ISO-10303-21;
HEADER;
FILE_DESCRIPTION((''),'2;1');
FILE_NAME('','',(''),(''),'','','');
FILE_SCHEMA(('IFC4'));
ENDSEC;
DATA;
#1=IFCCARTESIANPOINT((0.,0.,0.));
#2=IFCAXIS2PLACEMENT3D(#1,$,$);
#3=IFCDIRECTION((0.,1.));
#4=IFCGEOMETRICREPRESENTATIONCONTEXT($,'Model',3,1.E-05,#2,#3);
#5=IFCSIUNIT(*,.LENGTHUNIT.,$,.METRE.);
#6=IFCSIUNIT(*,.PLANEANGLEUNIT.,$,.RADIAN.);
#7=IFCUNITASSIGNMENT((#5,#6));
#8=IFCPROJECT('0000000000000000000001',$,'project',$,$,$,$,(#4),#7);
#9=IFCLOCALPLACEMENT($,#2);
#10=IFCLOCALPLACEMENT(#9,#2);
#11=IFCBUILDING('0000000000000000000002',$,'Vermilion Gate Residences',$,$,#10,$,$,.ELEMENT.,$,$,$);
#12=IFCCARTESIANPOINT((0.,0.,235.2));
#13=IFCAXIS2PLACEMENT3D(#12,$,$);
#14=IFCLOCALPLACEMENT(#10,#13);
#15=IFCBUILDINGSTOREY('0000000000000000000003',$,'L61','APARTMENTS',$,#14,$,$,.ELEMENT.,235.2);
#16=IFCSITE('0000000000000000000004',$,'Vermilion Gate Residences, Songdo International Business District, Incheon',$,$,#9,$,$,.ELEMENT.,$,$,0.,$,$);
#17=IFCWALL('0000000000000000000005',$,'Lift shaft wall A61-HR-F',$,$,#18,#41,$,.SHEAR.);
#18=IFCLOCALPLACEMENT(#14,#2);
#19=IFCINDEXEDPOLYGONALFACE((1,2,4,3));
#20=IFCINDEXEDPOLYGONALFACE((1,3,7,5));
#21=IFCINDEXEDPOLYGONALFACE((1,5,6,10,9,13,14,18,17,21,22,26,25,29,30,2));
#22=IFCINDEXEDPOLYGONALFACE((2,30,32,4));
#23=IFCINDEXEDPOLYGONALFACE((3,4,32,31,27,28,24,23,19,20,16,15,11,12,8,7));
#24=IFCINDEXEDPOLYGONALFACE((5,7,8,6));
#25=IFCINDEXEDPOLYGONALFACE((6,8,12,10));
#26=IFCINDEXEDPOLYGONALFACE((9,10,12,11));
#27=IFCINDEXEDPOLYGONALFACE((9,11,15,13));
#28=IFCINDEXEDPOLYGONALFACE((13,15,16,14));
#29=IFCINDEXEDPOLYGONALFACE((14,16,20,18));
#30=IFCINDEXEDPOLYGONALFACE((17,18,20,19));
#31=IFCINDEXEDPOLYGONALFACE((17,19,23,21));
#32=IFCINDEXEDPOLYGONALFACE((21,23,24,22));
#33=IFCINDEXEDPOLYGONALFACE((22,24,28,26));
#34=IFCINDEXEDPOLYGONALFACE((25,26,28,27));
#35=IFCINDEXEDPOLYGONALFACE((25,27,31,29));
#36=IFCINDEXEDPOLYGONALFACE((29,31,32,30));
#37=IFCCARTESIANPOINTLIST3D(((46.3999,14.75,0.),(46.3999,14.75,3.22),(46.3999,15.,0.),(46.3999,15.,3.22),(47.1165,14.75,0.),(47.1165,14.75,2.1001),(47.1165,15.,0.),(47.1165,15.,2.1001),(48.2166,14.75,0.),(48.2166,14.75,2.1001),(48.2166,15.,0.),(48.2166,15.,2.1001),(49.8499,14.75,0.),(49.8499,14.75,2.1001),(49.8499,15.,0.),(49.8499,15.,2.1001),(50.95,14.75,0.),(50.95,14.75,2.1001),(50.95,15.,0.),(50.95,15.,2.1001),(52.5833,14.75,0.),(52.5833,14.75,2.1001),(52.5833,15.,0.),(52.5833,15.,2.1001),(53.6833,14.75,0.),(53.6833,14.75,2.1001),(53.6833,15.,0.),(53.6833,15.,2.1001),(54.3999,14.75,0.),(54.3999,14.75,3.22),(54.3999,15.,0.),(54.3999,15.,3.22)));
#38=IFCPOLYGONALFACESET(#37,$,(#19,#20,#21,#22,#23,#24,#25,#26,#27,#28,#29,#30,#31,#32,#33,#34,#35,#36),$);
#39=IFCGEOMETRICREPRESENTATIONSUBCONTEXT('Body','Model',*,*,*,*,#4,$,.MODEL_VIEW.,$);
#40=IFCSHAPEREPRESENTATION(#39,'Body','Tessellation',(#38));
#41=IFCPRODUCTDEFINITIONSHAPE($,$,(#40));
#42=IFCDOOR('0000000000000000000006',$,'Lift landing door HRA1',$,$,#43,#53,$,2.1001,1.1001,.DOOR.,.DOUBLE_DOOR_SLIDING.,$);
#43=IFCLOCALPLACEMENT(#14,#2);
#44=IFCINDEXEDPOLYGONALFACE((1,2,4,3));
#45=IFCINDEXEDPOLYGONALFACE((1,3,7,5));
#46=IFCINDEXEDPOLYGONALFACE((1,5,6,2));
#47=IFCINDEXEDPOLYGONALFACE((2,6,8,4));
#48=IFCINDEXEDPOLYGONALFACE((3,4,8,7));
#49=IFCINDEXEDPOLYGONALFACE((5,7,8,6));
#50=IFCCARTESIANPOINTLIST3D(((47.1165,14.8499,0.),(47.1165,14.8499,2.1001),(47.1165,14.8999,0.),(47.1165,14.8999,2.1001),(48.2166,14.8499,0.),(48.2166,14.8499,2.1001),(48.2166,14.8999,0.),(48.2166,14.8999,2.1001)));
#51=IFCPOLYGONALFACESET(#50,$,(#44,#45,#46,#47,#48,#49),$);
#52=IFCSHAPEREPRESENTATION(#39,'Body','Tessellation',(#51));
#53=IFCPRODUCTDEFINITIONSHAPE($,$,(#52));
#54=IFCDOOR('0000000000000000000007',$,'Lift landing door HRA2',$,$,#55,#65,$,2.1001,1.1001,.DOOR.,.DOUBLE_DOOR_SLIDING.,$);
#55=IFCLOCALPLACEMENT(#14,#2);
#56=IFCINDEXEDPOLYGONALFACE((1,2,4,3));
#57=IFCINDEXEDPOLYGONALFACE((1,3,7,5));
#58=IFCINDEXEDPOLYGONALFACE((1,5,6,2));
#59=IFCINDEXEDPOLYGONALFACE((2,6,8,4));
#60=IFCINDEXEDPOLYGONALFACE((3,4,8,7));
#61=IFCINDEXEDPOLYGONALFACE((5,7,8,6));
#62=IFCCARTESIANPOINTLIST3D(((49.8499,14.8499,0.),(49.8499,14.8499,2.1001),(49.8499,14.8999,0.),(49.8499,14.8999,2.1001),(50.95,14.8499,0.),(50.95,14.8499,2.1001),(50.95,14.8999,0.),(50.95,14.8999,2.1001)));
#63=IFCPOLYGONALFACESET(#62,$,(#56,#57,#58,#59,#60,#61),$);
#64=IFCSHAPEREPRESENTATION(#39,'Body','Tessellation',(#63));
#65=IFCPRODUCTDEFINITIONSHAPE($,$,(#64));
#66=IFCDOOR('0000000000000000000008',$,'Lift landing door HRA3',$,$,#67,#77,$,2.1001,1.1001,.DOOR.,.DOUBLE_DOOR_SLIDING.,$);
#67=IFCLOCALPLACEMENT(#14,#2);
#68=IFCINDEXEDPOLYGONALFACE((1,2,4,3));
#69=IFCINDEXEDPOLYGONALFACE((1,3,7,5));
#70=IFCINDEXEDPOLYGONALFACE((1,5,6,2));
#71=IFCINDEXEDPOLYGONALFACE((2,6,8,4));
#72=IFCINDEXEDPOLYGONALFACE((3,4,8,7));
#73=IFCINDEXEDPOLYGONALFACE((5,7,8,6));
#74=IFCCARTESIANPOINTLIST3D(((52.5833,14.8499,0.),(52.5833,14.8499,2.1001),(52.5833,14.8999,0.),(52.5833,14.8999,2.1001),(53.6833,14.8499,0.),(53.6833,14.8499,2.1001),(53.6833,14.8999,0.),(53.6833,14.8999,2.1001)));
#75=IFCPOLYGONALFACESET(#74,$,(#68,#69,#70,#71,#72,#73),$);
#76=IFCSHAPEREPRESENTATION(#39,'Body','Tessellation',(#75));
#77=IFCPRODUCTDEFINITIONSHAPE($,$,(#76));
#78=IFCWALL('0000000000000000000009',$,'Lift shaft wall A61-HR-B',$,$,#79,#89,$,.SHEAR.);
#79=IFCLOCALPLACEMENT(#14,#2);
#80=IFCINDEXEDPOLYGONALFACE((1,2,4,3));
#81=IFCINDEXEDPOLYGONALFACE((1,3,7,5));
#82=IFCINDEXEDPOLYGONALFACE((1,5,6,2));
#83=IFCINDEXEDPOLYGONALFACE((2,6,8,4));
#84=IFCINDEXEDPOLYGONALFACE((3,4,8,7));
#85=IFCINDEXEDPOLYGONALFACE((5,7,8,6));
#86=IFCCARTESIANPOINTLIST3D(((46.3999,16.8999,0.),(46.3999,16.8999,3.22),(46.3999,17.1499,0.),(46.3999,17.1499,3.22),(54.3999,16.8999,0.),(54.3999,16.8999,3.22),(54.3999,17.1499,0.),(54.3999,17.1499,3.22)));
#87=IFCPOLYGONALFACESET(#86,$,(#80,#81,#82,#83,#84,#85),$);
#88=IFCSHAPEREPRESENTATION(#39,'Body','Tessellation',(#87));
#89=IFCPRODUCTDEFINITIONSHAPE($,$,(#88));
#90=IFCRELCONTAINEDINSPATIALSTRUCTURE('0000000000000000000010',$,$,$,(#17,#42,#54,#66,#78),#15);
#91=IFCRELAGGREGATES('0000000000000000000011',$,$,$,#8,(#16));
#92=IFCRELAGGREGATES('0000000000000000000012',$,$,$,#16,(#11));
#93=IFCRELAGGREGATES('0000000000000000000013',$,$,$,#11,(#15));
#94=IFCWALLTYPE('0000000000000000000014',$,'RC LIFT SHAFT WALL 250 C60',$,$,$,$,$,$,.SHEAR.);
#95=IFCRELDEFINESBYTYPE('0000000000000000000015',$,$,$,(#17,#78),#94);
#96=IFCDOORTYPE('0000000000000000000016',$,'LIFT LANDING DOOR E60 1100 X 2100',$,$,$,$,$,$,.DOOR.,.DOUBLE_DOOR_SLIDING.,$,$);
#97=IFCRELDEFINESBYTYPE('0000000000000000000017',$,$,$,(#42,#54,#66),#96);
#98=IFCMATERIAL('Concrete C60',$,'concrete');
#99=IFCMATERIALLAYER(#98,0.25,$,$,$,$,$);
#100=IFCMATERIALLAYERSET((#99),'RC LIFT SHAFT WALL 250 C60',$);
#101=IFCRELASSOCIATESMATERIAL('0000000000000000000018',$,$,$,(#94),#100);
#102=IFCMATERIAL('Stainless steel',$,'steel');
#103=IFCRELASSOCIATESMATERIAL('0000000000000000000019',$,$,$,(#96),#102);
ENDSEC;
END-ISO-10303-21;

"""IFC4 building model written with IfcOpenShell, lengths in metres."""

from ifc_helpers import new_model, si_unit, direction, frame, frame_2d, origin, place, context, subcontext, project, spatial, rectangle, extrude, material, layer, layer_set, type_object, element, fill, save


model = new_model("IFC4")

# Units and contexts
model_context = context("Model", 3, precision=1e-05, world=origin(), true_north=direction((0.0, 1.0)))
body_context = subcontext(model_context, "Body", "Model", "MODEL_VIEW")
ifc_project = project(units=[si_unit("LENGTHUNIT", "METRE"), si_unit("PLANEANGLEUNIT", "RADIAN")], contexts=[model_context])

# Site, building, storey
site_placement = place(None, origin())
site = spatial("IfcSite", under=ifc_project, at=site_placement, Name="Vermilion Gate Residences, Songdo International Business District, Incheon", CompositionType="ELEMENT", RefElevation=0.0)
building_placement = place(site_placement, origin())
building = spatial("IfcBuilding", under=site, at=building_placement, Name="Vermilion Gate Residences", CompositionType="ELEMENT")
storey_placement = place(building_placement, frame((0.0, 0.0, 235.2)))
storey = spatial("IfcBuildingStorey", under=building, at=storey_placement, Name="L61", Description="APARTMENTS", CompositionType="ELEMENT", Elevation=235.2)

# Wall, openings, doors
ifc_material_1 = material(Name="Concrete C60", Category="concrete")
ifc_layer_1 = layer(ifc_material_1, 0.25)
ifc_layer_set_1 = layer_set([ifc_layer_1], Name="RC LIFT SHAFT WALL 250 C60")
wall_type_1 = type_object("IfcWallType", Name="RC LIFT SHAFT WALL 250 C60", PredefinedType="SHEAR", material=ifc_layer_set_1)
wall_1_placement = place(storey_placement, frame((46.3999, 14.875, 0.0), z_axis=(0.0, 0.0, 1.0), x_axis=(1.0, 0.0, 0.0)))
wall_1 = element("IfcWall", 1, at=wall_1_placement, inside=storey, type_object=wall_type_1, Name="Lift shaft wall A61-HR-F", PredefinedType="SHEAR", context=body_context, shape_type="SweptSolid", body=[
    extrude(rectangle(XDim=8.0, YDim=0.25, at=frame_2d((4.0, 0.0))), origin(), (0.0, 0.0, 1.0), 3.22),
])
opening_1_placement = place(wall_1_placement, frame((0.7166, 0.0, 0.0)))
opening_1 = element("IfcOpeningElement", 2, at=opening_1_placement, cuts=wall_1, PredefinedType="OPENING", context=body_context, shape_type="SweptSolid", body=[
    extrude(rectangle(XDim=1.1001, YDim=2.1001, at=frame_2d((0.55, 1.05))), frame((0.0, 0.135, 0.0), z_axis=(0.0, -1.0, 0.0), x_axis=(1.0, 0.0, 0.0)), (0.0, 0.0, 1.0), 0.27),
])
opening_2_placement = place(wall_1_placement, frame((3.45, 0.0, 0.0)))
opening_2 = element("IfcOpeningElement", 3, at=opening_2_placement, cuts=wall_1, PredefinedType="OPENING", context=body_context, shape_type="SweptSolid", body=[
    extrude(rectangle(XDim=1.1001, YDim=2.1001, at=frame_2d((0.55, 1.05))), frame((0.0, 0.135, 0.0), z_axis=(0.0, -1.0, 0.0), x_axis=(1.0, 0.0, 0.0)), (0.0, 0.0, 1.0), 0.27),
])
opening_3_placement = place(wall_1_placement, frame((6.1833, 0.0, 0.0)))
opening_3 = element("IfcOpeningElement", 4, at=opening_3_placement, cuts=wall_1, PredefinedType="OPENING", context=body_context, shape_type="SweptSolid", body=[
    extrude(rectangle(XDim=1.1001, YDim=2.1001, at=frame_2d((0.55, 1.05))), frame((0.0, 0.135, 0.0), z_axis=(0.0, -1.0, 0.0), x_axis=(1.0, 0.0, 0.0)), (0.0, 0.0, 1.0), 0.27),
])
ifc_material_2 = material(Name="Stainless steel", Category="steel")
door_type_1 = type_object("IfcDoorType", Name="LIFT LANDING DOOR E60 1100 X 2100", OperationType="DOUBLE_DOOR_SLIDING", PredefinedType="DOOR", material=ifc_material_2)
door_1_placement = place(opening_1_placement, origin())
door_1 = element("IfcDoor", 5, at=door_1_placement, inside=storey, type_object=door_type_1, Name="Lift landing door HRA1", OperationType="DOUBLE_DOOR_SLIDING", OverallHeight=2.1001, OverallWidth=1.1001, PredefinedType="DOOR", context=body_context, shape_type="SweptSolid", body=[
    extrude(rectangle(XDim=1.1001, YDim=2.1001, at=frame_2d((0.55, 1.05))), frame((0.0, 0.0249, 0.0), z_axis=(0.0, -1.0, 0.0), x_axis=(1.0, 0.0, 0.0)), (0.0, 0.0, 1.0), 0.05),
])
fill(opening_1, door_1)
door_2_placement = place(opening_2_placement, origin())
door_2 = element("IfcDoor", 6, at=door_2_placement, inside=storey, type_object=door_type_1, Name="Lift landing door HRA2", OperationType="DOUBLE_DOOR_SLIDING", OverallHeight=2.1001, OverallWidth=1.1001, PredefinedType="DOOR", context=body_context, shape_type="SweptSolid", body=[
    extrude(rectangle(XDim=1.1001, YDim=2.1001, at=frame_2d((0.55, 1.05))), frame((0.0, 0.0249, 0.0), z_axis=(0.0, -1.0, 0.0), x_axis=(1.0, 0.0, 0.0)), (0.0, 0.0, 1.0), 0.05),
])
fill(opening_2, door_2)
door_3_placement = place(opening_3_placement, origin())
door_3 = element("IfcDoor", 7, at=door_3_placement, inside=storey, type_object=door_type_1, Name="Lift landing door HRA3", OperationType="DOUBLE_DOOR_SLIDING", OverallHeight=2.1001, OverallWidth=1.1001, PredefinedType="DOOR", context=body_context, shape_type="SweptSolid", body=[
    extrude(rectangle(XDim=1.1001, YDim=2.1001, at=frame_2d((0.55, 1.05))), frame((0.0, 0.0249, 0.0), z_axis=(0.0, -1.0, 0.0), x_axis=(1.0, 0.0, 0.0)), (0.0, 0.0, 1.0), 0.05),
])
fill(opening_3, door_3)

# Wall
wall_2_placement = place(storey_placement, frame((46.3999, 17.0249, 0.0), z_axis=(0.0, 0.0, 1.0), x_axis=(1.0, 0.0, 0.0)))
element("IfcWall", 8, at=wall_2_placement, inside=storey, type_object=wall_type_1, Name="Lift shaft wall A61-HR-B", PredefinedType="SHEAR", context=body_context, shape_type="SweptSolid", body=[
    extrude(rectangle(XDim=8.0, YDim=0.25, at=frame_2d((4.0, 0.0))), origin(), (0.0, 0.0, 1.0), 3.22),
])

save(model, "model.ifc")
